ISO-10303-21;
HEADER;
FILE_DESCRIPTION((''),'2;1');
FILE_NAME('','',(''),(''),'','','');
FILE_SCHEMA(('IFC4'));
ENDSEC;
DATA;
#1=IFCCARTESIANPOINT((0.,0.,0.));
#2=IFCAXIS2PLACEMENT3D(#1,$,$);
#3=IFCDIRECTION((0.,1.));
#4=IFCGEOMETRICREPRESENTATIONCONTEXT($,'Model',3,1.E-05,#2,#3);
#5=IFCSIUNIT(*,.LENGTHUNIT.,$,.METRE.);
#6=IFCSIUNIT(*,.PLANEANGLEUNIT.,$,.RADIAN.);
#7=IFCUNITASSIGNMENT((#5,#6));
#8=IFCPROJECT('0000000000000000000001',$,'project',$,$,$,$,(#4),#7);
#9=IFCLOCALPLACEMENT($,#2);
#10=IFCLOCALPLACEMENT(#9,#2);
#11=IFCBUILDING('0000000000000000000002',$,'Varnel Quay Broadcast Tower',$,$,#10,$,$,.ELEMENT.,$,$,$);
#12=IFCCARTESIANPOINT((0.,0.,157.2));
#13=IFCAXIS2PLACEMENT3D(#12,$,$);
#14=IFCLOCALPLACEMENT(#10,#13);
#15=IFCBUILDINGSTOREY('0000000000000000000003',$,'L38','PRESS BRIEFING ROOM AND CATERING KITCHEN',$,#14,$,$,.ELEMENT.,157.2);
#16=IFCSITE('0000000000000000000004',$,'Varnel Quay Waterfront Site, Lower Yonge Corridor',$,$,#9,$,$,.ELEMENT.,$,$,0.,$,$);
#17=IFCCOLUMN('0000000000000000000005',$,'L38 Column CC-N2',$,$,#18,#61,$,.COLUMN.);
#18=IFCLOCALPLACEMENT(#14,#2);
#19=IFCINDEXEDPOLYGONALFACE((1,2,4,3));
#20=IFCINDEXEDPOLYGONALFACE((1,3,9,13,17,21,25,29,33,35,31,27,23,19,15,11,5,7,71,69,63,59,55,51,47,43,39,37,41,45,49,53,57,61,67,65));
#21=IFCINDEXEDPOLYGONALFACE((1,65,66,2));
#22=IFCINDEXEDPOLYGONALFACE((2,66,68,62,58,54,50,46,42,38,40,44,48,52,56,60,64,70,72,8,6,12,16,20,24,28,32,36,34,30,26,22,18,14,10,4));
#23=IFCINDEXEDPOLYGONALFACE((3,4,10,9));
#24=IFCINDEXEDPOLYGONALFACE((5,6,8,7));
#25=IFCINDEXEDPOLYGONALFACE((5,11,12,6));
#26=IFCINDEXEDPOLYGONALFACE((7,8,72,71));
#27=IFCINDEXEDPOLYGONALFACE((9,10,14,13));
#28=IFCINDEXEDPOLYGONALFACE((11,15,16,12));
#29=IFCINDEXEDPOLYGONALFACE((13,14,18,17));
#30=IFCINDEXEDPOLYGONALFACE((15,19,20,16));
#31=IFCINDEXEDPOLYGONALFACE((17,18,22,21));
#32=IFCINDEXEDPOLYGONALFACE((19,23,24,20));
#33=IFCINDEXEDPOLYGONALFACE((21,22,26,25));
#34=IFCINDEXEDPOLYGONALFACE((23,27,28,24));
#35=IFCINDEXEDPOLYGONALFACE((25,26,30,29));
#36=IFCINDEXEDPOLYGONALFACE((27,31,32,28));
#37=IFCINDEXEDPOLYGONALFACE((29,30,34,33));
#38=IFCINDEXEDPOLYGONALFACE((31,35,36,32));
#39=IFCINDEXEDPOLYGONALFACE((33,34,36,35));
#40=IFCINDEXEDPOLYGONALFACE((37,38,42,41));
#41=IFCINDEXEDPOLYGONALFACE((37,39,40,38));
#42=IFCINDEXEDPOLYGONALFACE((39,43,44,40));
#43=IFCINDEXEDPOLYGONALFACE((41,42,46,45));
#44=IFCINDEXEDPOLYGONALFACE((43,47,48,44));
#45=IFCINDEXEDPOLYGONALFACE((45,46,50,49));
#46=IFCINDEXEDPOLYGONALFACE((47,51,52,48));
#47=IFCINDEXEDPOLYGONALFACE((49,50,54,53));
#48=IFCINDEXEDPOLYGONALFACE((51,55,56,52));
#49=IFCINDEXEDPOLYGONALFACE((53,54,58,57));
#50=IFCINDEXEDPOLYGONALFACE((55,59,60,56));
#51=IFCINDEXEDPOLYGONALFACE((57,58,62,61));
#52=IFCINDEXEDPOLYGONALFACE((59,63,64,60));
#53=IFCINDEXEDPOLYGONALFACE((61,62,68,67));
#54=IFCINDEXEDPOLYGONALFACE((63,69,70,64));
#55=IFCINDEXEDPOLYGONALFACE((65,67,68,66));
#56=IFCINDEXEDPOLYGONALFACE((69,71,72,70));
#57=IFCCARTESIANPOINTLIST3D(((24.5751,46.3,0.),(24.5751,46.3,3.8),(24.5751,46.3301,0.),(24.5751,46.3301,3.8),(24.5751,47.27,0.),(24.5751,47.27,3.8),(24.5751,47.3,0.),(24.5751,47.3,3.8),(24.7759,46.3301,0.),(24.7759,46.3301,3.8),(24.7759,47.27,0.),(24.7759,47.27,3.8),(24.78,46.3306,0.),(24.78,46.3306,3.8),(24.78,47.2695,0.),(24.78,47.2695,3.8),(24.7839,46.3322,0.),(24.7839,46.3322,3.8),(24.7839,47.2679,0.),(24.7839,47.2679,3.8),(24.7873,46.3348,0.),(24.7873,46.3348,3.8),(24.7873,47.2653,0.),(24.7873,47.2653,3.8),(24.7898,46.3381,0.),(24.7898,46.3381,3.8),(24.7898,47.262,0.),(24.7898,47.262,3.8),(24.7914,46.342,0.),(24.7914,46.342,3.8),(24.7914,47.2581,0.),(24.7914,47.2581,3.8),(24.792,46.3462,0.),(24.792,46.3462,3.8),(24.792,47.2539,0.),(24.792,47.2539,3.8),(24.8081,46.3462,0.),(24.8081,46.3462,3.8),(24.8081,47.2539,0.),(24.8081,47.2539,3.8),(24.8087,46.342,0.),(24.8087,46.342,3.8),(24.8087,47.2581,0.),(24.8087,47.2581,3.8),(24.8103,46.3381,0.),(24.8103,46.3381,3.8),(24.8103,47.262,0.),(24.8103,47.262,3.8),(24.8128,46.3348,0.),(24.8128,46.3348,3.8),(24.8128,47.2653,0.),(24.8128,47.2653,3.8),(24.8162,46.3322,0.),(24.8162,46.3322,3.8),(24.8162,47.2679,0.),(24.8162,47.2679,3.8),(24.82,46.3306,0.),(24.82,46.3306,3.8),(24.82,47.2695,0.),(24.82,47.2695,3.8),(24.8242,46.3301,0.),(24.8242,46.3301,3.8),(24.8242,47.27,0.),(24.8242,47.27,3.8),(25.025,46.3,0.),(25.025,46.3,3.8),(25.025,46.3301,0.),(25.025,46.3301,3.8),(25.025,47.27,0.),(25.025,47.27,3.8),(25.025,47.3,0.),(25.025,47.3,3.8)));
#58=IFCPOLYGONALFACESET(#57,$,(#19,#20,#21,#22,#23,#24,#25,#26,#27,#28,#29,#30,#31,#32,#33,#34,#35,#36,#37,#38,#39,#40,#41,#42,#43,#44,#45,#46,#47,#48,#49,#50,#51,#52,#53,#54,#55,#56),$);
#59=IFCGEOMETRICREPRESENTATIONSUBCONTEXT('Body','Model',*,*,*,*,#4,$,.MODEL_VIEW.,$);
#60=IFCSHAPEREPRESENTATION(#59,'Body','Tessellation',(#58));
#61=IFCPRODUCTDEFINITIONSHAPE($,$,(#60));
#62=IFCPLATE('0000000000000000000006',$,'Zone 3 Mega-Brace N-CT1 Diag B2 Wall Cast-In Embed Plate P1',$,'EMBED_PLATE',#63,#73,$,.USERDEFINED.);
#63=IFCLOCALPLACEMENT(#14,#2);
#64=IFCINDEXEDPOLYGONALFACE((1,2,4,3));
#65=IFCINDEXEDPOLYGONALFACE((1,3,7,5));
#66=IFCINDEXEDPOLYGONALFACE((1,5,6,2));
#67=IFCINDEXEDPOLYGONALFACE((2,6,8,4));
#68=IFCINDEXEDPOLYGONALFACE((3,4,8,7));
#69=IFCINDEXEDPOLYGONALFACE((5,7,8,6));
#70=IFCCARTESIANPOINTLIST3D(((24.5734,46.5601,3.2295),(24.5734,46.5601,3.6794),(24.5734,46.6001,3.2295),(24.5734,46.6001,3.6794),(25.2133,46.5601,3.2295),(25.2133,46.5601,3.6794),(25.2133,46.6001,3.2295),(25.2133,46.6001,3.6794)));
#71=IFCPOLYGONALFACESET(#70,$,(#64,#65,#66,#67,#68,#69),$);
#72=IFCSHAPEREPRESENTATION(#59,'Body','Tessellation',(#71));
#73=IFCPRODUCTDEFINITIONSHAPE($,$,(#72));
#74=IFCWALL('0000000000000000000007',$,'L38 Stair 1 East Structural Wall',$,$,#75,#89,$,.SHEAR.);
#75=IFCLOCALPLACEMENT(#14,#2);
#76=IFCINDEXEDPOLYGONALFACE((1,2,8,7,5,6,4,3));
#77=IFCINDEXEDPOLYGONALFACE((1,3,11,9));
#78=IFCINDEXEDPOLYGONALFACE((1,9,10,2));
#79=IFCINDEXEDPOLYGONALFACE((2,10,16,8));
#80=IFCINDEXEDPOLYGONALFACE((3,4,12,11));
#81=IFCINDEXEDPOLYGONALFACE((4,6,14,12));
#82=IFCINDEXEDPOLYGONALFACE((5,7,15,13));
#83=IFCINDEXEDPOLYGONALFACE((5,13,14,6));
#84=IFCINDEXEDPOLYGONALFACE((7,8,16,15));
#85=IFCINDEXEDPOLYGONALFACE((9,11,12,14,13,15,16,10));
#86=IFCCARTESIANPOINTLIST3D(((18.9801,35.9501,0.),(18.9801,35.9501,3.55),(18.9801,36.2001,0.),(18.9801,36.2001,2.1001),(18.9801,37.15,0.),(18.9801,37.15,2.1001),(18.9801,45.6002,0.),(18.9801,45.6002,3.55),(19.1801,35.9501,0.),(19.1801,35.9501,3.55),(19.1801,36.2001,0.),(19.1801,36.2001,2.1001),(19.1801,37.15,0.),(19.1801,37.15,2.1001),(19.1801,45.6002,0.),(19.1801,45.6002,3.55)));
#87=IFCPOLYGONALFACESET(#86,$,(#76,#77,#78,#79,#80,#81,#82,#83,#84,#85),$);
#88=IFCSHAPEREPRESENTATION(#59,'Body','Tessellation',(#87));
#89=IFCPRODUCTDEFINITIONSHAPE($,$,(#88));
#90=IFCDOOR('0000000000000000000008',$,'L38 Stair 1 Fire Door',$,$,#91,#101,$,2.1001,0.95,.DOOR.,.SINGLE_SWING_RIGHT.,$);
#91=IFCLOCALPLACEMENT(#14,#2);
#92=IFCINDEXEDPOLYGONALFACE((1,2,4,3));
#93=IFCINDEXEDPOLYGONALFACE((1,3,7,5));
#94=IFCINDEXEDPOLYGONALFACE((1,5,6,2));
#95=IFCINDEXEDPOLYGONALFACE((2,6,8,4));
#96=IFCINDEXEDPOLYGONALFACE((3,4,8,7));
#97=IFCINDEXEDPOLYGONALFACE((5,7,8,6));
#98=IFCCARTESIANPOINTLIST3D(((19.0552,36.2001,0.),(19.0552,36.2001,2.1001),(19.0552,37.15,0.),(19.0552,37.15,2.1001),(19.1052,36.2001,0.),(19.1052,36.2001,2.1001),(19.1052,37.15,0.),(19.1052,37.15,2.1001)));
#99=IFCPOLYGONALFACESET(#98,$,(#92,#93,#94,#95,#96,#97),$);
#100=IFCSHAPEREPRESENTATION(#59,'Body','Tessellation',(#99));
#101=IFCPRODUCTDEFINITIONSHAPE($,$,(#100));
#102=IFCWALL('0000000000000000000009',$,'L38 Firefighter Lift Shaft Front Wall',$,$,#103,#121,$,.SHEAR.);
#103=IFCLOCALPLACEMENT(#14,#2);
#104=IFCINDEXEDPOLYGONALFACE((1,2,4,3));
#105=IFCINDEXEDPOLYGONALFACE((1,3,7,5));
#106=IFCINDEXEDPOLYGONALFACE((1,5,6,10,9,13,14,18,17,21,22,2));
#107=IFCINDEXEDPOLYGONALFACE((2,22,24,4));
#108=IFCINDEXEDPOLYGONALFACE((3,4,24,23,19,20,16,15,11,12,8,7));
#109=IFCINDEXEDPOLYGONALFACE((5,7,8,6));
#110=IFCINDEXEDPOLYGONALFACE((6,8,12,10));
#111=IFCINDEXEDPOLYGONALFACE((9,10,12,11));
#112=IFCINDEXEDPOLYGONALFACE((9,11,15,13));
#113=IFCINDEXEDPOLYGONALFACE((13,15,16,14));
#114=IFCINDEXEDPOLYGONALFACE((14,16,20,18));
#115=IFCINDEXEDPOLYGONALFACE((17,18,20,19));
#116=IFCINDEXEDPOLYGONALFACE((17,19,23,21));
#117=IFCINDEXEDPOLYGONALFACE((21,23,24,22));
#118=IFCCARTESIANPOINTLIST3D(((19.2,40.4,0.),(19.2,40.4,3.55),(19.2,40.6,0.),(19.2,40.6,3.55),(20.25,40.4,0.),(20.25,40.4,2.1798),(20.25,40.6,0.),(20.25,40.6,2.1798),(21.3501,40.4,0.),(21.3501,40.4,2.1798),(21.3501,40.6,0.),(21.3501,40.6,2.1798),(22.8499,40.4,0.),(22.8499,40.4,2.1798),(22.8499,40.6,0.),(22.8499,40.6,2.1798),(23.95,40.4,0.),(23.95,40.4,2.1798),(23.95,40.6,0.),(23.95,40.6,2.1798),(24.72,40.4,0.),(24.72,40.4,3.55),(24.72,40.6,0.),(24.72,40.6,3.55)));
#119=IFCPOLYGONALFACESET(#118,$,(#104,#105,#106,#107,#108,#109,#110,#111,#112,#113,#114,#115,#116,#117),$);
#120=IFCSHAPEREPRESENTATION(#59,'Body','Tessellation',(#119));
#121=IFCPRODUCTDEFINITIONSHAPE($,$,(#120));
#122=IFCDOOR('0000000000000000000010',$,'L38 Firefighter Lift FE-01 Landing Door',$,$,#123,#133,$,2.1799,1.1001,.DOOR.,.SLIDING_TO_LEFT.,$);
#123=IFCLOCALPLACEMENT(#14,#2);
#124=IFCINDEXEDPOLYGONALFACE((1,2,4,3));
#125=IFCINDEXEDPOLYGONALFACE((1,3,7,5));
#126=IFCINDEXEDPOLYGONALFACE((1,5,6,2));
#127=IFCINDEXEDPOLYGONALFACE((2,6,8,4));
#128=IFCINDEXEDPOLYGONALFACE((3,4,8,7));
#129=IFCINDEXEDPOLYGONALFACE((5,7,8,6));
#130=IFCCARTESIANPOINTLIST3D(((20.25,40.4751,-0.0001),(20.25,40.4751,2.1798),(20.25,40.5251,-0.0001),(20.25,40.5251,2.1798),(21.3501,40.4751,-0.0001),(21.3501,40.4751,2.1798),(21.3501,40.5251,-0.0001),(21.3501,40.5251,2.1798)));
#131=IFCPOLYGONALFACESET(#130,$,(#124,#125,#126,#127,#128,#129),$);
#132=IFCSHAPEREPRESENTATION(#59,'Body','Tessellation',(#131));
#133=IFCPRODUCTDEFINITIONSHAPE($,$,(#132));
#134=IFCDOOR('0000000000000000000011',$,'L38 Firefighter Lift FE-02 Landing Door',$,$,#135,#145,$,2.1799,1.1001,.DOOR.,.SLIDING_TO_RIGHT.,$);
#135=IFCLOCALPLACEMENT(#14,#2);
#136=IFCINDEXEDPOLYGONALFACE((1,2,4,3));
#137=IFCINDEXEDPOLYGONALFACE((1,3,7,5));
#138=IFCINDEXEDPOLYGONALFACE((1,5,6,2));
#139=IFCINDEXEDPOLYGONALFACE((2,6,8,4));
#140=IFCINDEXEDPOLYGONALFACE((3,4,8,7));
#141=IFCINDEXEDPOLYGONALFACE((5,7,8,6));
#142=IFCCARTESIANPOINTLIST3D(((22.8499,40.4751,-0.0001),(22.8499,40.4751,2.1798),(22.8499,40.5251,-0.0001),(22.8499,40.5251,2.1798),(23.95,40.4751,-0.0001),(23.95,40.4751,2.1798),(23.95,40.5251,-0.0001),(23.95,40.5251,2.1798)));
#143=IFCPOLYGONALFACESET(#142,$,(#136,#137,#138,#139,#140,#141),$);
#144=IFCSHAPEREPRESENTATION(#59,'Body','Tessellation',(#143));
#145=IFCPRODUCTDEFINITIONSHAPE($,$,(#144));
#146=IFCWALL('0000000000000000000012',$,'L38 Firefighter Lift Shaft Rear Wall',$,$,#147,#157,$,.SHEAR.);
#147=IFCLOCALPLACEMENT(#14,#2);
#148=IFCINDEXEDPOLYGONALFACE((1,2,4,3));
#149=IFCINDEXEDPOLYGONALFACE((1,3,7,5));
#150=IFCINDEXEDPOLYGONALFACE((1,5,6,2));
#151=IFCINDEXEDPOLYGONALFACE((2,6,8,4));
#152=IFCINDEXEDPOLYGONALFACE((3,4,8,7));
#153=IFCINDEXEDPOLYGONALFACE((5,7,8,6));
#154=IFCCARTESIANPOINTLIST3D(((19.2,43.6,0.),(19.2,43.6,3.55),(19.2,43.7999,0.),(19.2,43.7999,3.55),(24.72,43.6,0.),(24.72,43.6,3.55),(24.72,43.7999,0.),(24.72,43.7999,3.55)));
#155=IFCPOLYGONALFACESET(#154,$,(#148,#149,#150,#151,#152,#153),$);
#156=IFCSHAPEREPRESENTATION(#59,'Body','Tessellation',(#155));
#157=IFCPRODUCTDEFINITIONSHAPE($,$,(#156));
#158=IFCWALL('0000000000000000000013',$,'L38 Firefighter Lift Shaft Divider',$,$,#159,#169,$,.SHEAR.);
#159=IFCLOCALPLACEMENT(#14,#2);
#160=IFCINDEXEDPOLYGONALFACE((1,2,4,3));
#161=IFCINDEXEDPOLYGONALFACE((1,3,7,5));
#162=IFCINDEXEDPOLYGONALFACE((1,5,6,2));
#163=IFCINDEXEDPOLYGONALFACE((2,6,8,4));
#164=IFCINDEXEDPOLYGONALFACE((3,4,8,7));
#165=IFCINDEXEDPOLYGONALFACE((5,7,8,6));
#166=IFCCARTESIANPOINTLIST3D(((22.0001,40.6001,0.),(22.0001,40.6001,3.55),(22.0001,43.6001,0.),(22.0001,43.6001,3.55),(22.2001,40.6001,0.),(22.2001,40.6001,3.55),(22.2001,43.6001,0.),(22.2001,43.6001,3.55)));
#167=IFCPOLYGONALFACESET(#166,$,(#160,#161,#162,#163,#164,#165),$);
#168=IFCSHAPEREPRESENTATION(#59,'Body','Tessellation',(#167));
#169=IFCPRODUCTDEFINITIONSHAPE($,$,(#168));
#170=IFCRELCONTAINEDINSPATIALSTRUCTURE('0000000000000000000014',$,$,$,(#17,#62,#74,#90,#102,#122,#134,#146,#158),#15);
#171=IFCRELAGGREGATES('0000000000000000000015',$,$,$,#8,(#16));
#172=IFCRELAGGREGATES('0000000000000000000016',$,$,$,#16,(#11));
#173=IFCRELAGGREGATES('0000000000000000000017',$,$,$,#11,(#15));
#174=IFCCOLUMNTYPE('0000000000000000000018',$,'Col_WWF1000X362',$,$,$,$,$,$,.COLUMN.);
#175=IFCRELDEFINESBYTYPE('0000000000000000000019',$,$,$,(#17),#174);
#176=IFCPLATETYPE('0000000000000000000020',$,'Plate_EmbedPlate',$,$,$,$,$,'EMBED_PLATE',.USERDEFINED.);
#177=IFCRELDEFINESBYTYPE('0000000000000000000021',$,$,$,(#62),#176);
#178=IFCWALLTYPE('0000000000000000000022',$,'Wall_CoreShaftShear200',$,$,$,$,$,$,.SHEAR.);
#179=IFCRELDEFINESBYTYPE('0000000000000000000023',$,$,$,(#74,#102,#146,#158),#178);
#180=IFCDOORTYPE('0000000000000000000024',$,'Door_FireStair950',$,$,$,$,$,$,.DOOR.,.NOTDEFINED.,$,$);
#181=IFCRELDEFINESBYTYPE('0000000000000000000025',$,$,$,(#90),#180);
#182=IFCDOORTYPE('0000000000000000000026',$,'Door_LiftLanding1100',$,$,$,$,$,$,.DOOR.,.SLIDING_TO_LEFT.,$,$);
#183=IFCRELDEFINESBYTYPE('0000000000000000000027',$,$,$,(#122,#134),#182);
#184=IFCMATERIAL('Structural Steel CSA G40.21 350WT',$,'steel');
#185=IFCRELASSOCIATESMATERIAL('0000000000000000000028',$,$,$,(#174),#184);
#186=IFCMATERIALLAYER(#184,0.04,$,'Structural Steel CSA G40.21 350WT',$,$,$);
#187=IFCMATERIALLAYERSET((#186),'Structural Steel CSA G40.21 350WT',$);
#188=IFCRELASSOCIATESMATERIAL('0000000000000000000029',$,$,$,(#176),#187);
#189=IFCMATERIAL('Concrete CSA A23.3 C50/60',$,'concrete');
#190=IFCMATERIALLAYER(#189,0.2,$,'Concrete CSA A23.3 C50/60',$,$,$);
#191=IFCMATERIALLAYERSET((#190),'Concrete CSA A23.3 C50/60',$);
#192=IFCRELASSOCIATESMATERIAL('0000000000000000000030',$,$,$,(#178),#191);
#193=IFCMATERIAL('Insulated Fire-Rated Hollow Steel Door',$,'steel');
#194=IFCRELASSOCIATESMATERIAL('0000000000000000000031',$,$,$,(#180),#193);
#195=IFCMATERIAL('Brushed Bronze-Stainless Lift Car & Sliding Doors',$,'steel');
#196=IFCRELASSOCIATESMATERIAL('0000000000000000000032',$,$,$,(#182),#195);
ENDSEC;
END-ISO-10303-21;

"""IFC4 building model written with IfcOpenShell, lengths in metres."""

from ifc_helpers import new_model, si_unit, direction, frame, frame_2d, origin, origin_2d, place, context, subcontext, project, spatial, rectangle, i_section, extrude, source, transform, mapped, material, layer, layer_set, material_profile, profile_set, type_object, type_shapes, element, fill, save


model = new_model("IFC4")

# Units and contexts
model_context = context("Model", 3, precision=1e-05, world=origin(), true_north=direction((0.0, 1.0)))
body_context = subcontext(model_context, "Body", "Model", "MODEL_VIEW")
ifc_project = project(units=[si_unit("LENGTHUNIT", "METRE"), si_unit("PLANEANGLEUNIT", "RADIAN")], contexts=[model_context])

# Site, building, storey
site_placement = place(None, origin())
site = spatial("IfcSite", under=ifc_project, at=site_placement, Name="Varnel Quay Waterfront Site, Lower Yonge Corridor", CompositionType="ELEMENT", RefElevation=0.0)
building_placement = place(site_placement, origin())
building = spatial("IfcBuilding", under=site, at=building_placement, Name="Varnel Quay Broadcast Tower", CompositionType="ELEMENT")
storey_placement = place(building_placement, frame((0.0, 0.0, 157.2)))
storey = spatial("IfcBuildingStorey", under=building, at=storey_placement, Name="L38", Description="PRESS BRIEFING ROOM AND CATERING KITCHEN", CompositionType="ELEMENT", Elevation=157.2)

# Column
ifc_material_1 = material(Name="Structural Steel CSA G40.21 350WT", Category="steel")
ifc_material_profile = material_profile(ifc_material_1, i_section(OverallWidth=0.45, OverallDepth=1.0, WebThickness=0.0161, FlangeThickness=0.03, FilletRadius=0.0161, at=origin_2d()), Name="WWF1000X362")
ifc_profile_set = profile_set([ifc_material_profile], Name="Structural Steel CSA G40.21 350WT")
column_type = type_object("IfcColumnType", Name="Col_WWF1000X362", PredefinedType="COLUMN", material=ifc_profile_set)
shared_shape_1 = source(origin(), body_context, "Body", "SweptSolid", [
    extrude(i_section(OverallWidth=0.45, OverallDepth=1.0, WebThickness=0.0161, FlangeThickness=0.03, FilletRadius=0.0161, at=origin_2d()), origin(), (0.0, 0.0, 1.0), 3.8),
])
type_shapes(column_type, [shared_shape_1])
column_placement = place(storey_placement, frame((24.8, 46.8, 0.0), z_axis=(0.0, 0.0, 1.0), x_axis=(1.0, 0.0, 0.0)))
element("IfcColumn", 1, at=column_placement, inside=storey, type_object=column_type, Name="L38 Column CC-N2", PredefinedType="COLUMN", context=body_context, shape_type="MappedRepresentation", body=[
    mapped(shared_shape_1, transform((0.0, 0.0, 0.0), x_axis=(1.0, 0.0, 0.0), y_axis=(0.0, 1.0, 0.0), z_axis=(0.0, 0.0, 1.0), scale=1.0)),
])

# Plate
ifc_layer_1 = layer(ifc_material_1, 0.04, Name="Structural Steel CSA G40.21 350WT")
ifc_layer_set_1 = layer_set([ifc_layer_1], Name="Structural Steel CSA G40.21 350WT")
plate_type = type_object("IfcPlateType", Name="Plate_EmbedPlate", ElementType="EMBED_PLATE", PredefinedType="USERDEFINED", material=ifc_layer_set_1)
shared_shape_2 = source(origin(), body_context, "Body", "SweptSolid", [
    extrude(rectangle(XDim=0.6399, YDim=0.04, at=origin_2d()), origin(), (0.0, 0.0, 1.0), 0.45),
])
type_shapes(plate_type, [shared_shape_2])
plate_placement = place(storey_placement, frame((24.8933, 46.5801, 3.2295), z_axis=(0.0, 0.0, 1.0), x_axis=(1.0, 0.0, 0.0)))
element("IfcPlate", 2, at=plate_placement, inside=storey, type_object=plate_type, Name="Zone 3 Mega-Brace N-CT1 Diag B2 Wall Cast-In Embed Plate P1", ObjectType="EMBED_PLATE", PredefinedType="USERDEFINED", context=body_context, shape_type="MappedRepresentation", body=[
    mapped(shared_shape_2, transform((0.0, 0.0, 0.0), x_axis=(1.0, 0.0, 0.0), y_axis=(0.0, 1.0, 0.0), z_axis=(0.0, 0.0, 1.0), scale=1.0)),
])

# Wall, opening, door
ifc_material_2 = material(Name="Concrete CSA A23.3 C50/60", Category="concrete")
ifc_layer_2 = layer(ifc_material_2, 0.2, Name="Concrete CSA A23.3 C50/60")
ifc_layer_set_2 = layer_set([ifc_layer_2], Name="Concrete CSA A23.3 C50/60")
wall_type_1 = type_object("IfcWallType", Name="Wall_CoreShaftShear200", PredefinedType="SHEAR", material=ifc_layer_set_2)
wall_1_placement = place(storey_placement, frame((19.0801, 35.95, 0.0), z_axis=(0.0, 0.0, 1.0), x_axis=(0.0, 1.0, 0.0)))
wall_1 = element("IfcWall", 3, at=wall_1_placement, inside=storey, type_object=wall_type_1, Name="L38 Stair 1 East Structural Wall", PredefinedType="SHEAR", context=body_context, shape_type="SweptSolid", body=[
    extrude(rectangle(XDim=9.6501, YDim=0.2, at=frame_2d((4.8252, 0.0))), origin(), (0.0, 0.0, 1.0), 3.55),
])
opening_1_placement = place(wall_1_placement, frame((0.25, 0.0, 0.0)))
opening_1 = element("IfcOpeningElement", 4, at=opening_1_placement, cuts=wall_1, PredefinedType="OPENING", context=body_context, shape_type="SweptSolid", body=[
    extrude(rectangle(XDim=0.95, YDim=2.1001, at=frame_2d((0.4751, 1.05))), frame((0.0, 0.1099, 0.0), z_axis=(0.0, -1.0, 0.0), x_axis=(1.0, 0.0, 0.0)), (0.0, 0.0, 1.0), 0.22),
])
ifc_material_3 = material(Name="Insulated Fire-Rated Hollow Steel Door", Category="steel")
door_type_1 = type_object("IfcDoorType", Name="Door_FireStair950", OperationType="NOTDEFINED", PredefinedType="DOOR", material=ifc_material_3)
shared_shape_3 = source(origin(), body_context, "Body", "SweptSolid", [
    extrude(rectangle(XDim=0.95, YDim=2.1001, at=frame_2d((0.4751, 1.05))), frame((0.0, 0.0249, 0.0), z_axis=(0.0, -1.0, 0.0), x_axis=(1.0, 0.0, 0.0)), (0.0, 0.0, 1.0), 0.05),
])
type_shapes(door_type_1, [shared_shape_3])
door_1_placement = place(opening_1_placement, origin())
door_1 = element("IfcDoor", 5, at=door_1_placement, inside=storey, type_object=door_type_1, Name="L38 Stair 1 Fire Door", OperationType="SINGLE_SWING_RIGHT", OverallHeight=2.1001, OverallWidth=0.95, PredefinedType="DOOR", context=body_context, shape_type="MappedRepresentation", body=[
    mapped(shared_shape_3, transform((0.0, 0.0, 0.0), x_axis=(1.0, 0.0, 0.0), y_axis=(0.0, 1.0, 0.0), z_axis=(0.0, 0.0, 1.0), scale=1.0)),
])
fill(opening_1, door_1)

# Wall, openings, doors
wall_2_placement = place(storey_placement, frame((19.2, 40.5, 0.0), z_axis=(0.0, 0.0, 1.0), x_axis=(1.0, 0.0, 0.0)))
wall_2 = element("IfcWall", 6, at=wall_2_placement, inside=storey, type_object=wall_type_1, Name="L38 Firefighter Lift Shaft Front Wall", PredefinedType="SHEAR", context=body_context, shape_type="SweptSolid", body=[
    extrude(rectangle(XDim=5.52, YDim=0.2, at=frame_2d((2.76, 0.0))), origin(), (0.0, 0.0, 1.0), 3.55),
])
opening_2_placement = place(wall_2_placement, frame((1.05, 0.0, 0.0)))
opening_2 = element("IfcOpeningElement", 7, at=opening_2_placement, cuts=wall_2, PredefinedType="OPENING", context=body_context, shape_type="SweptSolid", body=[
    extrude(rectangle(XDim=1.1001, YDim=2.1799, at=frame_2d((0.55, 1.0898))), frame((0.0, 0.1099, 0.0), z_axis=(0.0, -1.0, 0.0), x_axis=(1.0, 0.0, 0.0)), (0.0, 0.0, 1.0), 0.22),
])
opening_3_placement = place(wall_2_placement, frame((3.6499, 0.0, 0.0)))
opening_3 = element("IfcOpeningElement", 8, at=opening_3_placement, cuts=wall_2, PredefinedType="OPENING", context=body_context, shape_type="SweptSolid", body=[
    extrude(rectangle(XDim=1.1001, YDim=2.1799, at=frame_2d((0.55, 1.0898))), frame((0.0, 0.1099, 0.0), z_axis=(0.0, -1.0, 0.0), x_axis=(1.0, 0.0, 0.0)), (0.0, 0.0, 1.0), 0.22),
])
ifc_material_4 = material(Name="Brushed Bronze-Stainless Lift Car & Sliding Doors", Category="steel")
door_type_2 = type_object("IfcDoorType", Name="Door_LiftLanding1100", OperationType="SLIDING_TO_LEFT", PredefinedType="DOOR", material=ifc_material_4)
shared_shape_4 = source(origin(), body_context, "Body", "SweptSolid", [
    extrude(rectangle(XDim=1.1001, YDim=2.1799, at=frame_2d((0.55, 1.0898))), frame((0.0, 0.0249, 0.0), z_axis=(0.0, -1.0, 0.0), x_axis=(1.0, 0.0, 0.0)), (0.0, 0.0, 1.0), 0.05),
])
type_shapes(door_type_2, [shared_shape_4])
door_2_placement = place(opening_2_placement, frame((1.1001, 0.0, 0.0), z_axis=(0.0, 0.0, 1.0), x_axis=(-1.0, 0.0, 0.0)))
door_2 = element("IfcDoor", 9, at=door_2_placement, inside=storey, type_object=door_type_2, Name="L38 Firefighter Lift FE-01 Landing Door", OperationType="SLIDING_TO_LEFT", OverallHeight=2.1799, OverallWidth=1.1001, PredefinedType="DOOR", context=body_context, shape_type="MappedRepresentation", body=[
    mapped(shared_shape_4, transform((0.0, 0.0, 0.0), x_axis=(1.0, 0.0, 0.0), y_axis=(0.0, 1.0, 0.0), z_axis=(0.0, 0.0, 1.0), scale=1.0)),
])
fill(opening_2, door_2)
door_3_placement = place(opening_3_placement, frame((1.1001, 0.0, 0.0), z_axis=(0.0, 0.0, 1.0), x_axis=(-1.0, 0.0, 0.0)))
door_3 = element("IfcDoor", 10, at=door_3_placement, inside=storey, type_object=door_type_2, Name="L38 Firefighter Lift FE-02 Landing Door", OperationType="SLIDING_TO_RIGHT", OverallHeight=2.1799, OverallWidth=1.1001, PredefinedType="DOOR", context=body_context, shape_type="MappedRepresentation", body=[
    mapped(shared_shape_4, transform((0.0, 0.0, 0.0), x_axis=(1.0, 0.0, 0.0), y_axis=(0.0, 1.0, 0.0), z_axis=(0.0, 0.0, 1.0), scale=1.0)),
])
fill(opening_3, door_3)

# Walls
wall_3_placement = place(storey_placement, frame((19.2, 43.7, 0.0), z_axis=(0.0, 0.0, 1.0), x_axis=(1.0, 0.0, 0.0)))
element("IfcWall", 11, at=wall_3_placement, inside=storey, type_object=wall_type_1, Name="L38 Firefighter Lift Shaft Rear Wall", PredefinedType="SHEAR", context=body_context, shape_type="SweptSolid", body=[
    extrude(rectangle(XDim=5.52, YDim=0.2, at=frame_2d((2.76, 0.0))), origin(), (0.0, 0.0, 1.0), 3.55),
])
wall_4_placement = place(storey_placement, frame((22.1001, 40.6001, 0.0), z_axis=(0.0, 0.0, 1.0), x_axis=(0.0, 1.0, 0.0)))
element("IfcWall", 12, at=wall_4_placement, inside=storey, type_object=wall_type_1, Name="L38 Firefighter Lift Shaft Divider", PredefinedType="SHEAR", context=body_context, shape_type="SweptSolid", body=[
    extrude(rectangle(XDim=3.0, YDim=0.2, at=frame_2d((1.5, 0.0))), origin(), (0.0, 0.0, 1.0), 3.55),
])

save(model, "model.ifc")
